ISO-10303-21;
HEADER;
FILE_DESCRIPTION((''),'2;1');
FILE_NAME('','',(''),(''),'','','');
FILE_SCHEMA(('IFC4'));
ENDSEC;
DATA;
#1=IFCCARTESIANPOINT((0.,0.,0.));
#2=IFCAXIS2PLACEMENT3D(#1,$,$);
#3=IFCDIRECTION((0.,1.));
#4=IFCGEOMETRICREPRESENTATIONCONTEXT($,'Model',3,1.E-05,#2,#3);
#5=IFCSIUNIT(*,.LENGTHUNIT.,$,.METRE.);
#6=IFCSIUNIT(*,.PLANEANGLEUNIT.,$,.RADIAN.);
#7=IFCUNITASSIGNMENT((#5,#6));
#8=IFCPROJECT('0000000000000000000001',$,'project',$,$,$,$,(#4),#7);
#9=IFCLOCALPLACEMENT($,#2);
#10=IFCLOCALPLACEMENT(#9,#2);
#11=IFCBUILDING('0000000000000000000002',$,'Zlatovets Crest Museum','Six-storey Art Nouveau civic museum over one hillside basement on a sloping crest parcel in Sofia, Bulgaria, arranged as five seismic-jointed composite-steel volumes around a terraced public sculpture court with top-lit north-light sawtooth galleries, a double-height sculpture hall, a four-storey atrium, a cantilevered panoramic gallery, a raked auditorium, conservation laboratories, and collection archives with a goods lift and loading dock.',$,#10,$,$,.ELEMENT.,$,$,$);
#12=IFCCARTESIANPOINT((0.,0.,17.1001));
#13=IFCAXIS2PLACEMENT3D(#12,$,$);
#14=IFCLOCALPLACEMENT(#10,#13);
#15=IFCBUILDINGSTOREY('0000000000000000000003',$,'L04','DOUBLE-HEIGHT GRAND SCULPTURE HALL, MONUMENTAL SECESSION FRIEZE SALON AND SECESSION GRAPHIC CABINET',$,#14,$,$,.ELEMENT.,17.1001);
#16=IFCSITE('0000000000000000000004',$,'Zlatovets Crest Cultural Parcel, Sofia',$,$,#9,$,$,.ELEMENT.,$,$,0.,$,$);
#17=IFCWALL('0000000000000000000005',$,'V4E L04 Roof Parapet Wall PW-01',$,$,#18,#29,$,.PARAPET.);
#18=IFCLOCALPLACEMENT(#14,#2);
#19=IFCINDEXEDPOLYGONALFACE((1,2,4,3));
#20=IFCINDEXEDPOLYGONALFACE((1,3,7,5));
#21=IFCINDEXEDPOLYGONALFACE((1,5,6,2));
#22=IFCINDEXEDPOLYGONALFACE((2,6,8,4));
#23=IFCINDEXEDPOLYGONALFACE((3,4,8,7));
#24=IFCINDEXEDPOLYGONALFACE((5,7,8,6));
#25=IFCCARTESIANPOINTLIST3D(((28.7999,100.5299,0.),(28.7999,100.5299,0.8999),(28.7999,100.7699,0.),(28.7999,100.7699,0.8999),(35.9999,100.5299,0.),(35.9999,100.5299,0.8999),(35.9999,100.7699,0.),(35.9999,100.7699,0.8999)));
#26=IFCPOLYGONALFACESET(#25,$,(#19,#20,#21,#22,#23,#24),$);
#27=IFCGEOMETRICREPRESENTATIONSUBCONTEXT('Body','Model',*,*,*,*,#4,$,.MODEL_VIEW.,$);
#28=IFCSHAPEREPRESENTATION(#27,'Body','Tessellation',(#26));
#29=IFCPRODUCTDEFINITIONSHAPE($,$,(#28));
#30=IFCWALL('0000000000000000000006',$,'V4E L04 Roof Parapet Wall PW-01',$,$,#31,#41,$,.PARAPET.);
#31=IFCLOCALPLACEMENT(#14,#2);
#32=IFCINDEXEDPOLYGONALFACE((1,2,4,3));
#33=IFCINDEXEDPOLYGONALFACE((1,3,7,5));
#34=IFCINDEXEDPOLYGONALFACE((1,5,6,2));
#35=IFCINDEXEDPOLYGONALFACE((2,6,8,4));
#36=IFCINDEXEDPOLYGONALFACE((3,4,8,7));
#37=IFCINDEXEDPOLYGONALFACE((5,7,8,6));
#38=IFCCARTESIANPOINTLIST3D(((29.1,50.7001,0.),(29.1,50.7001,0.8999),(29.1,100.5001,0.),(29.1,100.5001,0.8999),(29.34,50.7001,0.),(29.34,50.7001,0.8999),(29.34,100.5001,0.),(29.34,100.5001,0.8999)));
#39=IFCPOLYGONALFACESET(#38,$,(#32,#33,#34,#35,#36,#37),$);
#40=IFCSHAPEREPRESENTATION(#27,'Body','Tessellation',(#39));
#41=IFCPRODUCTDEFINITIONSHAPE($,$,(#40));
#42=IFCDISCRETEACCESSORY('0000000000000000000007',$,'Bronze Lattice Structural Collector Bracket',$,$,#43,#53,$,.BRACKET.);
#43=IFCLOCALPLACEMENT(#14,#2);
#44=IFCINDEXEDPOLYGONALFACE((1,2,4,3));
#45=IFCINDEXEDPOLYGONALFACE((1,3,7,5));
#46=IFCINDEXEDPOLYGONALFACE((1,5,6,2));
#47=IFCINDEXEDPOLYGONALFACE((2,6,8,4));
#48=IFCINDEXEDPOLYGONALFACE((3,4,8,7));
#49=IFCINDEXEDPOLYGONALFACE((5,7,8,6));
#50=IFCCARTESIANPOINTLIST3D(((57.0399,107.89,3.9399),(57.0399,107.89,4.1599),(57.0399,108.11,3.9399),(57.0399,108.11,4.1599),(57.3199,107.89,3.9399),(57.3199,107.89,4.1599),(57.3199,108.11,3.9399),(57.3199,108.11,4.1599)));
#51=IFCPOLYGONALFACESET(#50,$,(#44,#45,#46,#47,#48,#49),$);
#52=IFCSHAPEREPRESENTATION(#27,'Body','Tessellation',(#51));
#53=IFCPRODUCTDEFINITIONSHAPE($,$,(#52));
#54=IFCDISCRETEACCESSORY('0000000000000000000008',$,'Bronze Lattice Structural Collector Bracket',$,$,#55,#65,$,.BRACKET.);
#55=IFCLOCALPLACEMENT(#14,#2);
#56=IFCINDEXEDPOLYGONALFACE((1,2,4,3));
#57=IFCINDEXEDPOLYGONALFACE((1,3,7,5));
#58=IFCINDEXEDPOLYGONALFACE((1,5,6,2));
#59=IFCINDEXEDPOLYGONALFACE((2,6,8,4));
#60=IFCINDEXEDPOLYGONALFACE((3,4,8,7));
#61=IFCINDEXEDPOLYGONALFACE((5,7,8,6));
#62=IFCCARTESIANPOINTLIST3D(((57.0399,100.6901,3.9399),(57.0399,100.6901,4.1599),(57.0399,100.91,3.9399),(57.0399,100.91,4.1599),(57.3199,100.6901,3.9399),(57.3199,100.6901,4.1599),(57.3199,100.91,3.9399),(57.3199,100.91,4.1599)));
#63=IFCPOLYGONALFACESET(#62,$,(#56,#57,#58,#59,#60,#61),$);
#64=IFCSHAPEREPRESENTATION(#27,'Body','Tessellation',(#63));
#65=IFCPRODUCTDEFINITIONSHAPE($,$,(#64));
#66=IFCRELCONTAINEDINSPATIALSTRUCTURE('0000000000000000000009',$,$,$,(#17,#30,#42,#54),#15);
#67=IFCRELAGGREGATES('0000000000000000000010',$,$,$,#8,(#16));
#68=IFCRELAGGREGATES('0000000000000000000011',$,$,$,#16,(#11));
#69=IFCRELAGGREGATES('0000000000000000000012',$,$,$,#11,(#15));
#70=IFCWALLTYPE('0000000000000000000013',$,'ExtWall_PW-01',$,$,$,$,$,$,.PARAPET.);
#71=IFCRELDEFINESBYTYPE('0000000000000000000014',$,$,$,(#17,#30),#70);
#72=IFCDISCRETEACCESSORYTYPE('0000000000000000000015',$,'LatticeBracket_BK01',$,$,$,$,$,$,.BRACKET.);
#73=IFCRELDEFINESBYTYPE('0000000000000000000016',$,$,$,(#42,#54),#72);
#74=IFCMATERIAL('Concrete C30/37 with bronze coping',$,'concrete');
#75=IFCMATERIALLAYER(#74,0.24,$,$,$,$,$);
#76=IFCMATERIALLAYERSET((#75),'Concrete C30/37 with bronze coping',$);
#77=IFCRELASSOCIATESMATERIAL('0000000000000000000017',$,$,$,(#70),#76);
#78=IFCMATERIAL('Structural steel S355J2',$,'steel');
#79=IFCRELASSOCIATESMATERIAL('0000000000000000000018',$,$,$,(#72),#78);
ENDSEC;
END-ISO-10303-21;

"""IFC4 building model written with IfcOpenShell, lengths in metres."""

from ifc_helpers import new_model, si_unit, direction, frame, frame_2d, origin, origin_2d, place, context, subcontext, project, spatial, rectangle, extrude, material, layer, layer_set, type_object, element, save


model = new_model("IFC4")

# Units and contexts
model_context = context("Model", 3, precision=1e-05, world=origin(), true_north=direction((0.0, 1.0)))
body_context = subcontext(model_context, "Body", "Model", "MODEL_VIEW")
ifc_project = project(units=[si_unit("LENGTHUNIT", "METRE"), si_unit("PLANEANGLEUNIT", "RADIAN")], contexts=[model_context])

# Site, building, storey
site_placement = place(None, origin())
site = spatial("IfcSite", under=ifc_project, at=site_placement, Name="Zlatovets Crest Cultural Parcel, Sofia", CompositionType="ELEMENT", RefElevation=0.0)
building_placement = place(site_placement, origin())
building = spatial("IfcBuilding", under=site, at=building_placement, Name="Zlatovets Crest Museum", Description="Six-storey Art Nouveau civic museum over one hillside basement on a sloping crest parcel in Sofia, Bulgaria, arranged as five seismic-jointed composite-steel volumes around a terraced public sculpture court with top-lit north-light sawtooth galleries, a double-height sculpture hall, a four-storey atrium, a cantilevered panoramic gallery, a raked auditorium, conservation laboratories, and collection archives with a goods lift and loading dock.", CompositionType="ELEMENT")
storey_placement = place(building_placement, frame((0.0, 0.0, 17.1001)))
storey = spatial("IfcBuildingStorey", under=building, at=storey_placement, Name="L04", Description="DOUBLE-HEIGHT GRAND SCULPTURE HALL, MONUMENTAL SECESSION FRIEZE SALON AND SECESSION GRAPHIC CABINET", CompositionType="ELEMENT", Elevation=17.1001)

# Shared definitions
ifc_material_1 = material(Name="Structural steel S355J2", Category="steel")

# Walls
ifc_material_2 = material(Name="Concrete C30/37 with bronze coping", Category="concrete")
ifc_layer_1 = layer(ifc_material_2, 0.24)
ifc_layer_set_1 = layer_set([ifc_layer_1], Name="Concrete C30/37 with bronze coping")
wall_type = type_object("IfcWallType", Name="ExtWall_PW-01", PredefinedType="PARAPET", material=ifc_layer_set_1)
wall_1_placement = place(storey_placement, frame((36.0, 100.6499, 0.0), z_axis=(0.0, 0.0, 1.0), x_axis=(-1.0, 0.0, 0.0)))
element("IfcWall", 1, at=wall_1_placement, inside=storey, type_object=wall_type, Name="V4E L04 Roof Parapet Wall PW-01", PredefinedType="PARAPET", context=body_context, shape_type="SweptSolid", body=[
    extrude(rectangle(XDim=7.2, YDim=0.24, at=frame_2d((3.6001, 0.0))), origin(), (0.0, 0.0, 1.0), 0.8999),
])
wall_2_placement = place(storey_placement, frame((29.22, 100.5, 0.0), z_axis=(0.0, 0.0, 1.0), x_axis=(0.0, -1.0, 0.0)))
element("IfcWall", 2, at=wall_2_placement, inside=storey, type_object=wall_type, Name="V4E L04 Roof Parapet Wall PW-01", PredefinedType="PARAPET", context=body_context, shape_type="SweptSolid", body=[
    extrude(rectangle(XDim=49.8, YDim=0.24, at=frame_2d((24.8999, 0.0))), origin(), (0.0, 0.0, 1.0), 0.8999),
])

# Discrete accessories
discrete_accessory_type = type_object("IfcDiscreteAccessoryType", Name="LatticeBracket_BK01", PredefinedType="BRACKET", material=ifc_material_1)
for number, where, z_axis, x_axis, name in (
    (3, (57.1799, 108.0, 3.9399), (0.0, 0.0, 1.0), (1.0, 0.0, 0.0), "Bronze Lattice Structural Collector Bracket"),
    (4, (57.1799, 100.8, 3.9399), (0.0, 0.0, 1.0), (1.0, 0.0, 0.0), "Bronze Lattice Structural Collector Bracket"),
):
    element("IfcDiscreteAccessory", number, at=place(storey_placement, frame(where, z_axis=z_axis, x_axis=x_axis)), inside=storey, type_object=discrete_accessory_type, Name=name, PredefinedType="BRACKET", context=body_context, shape_type="SweptSolid", body=[
        extrude(rectangle(XDim=0.28, YDim=0.22, at=origin_2d()), origin(), (0.0, 0.0, 1.0), 0.22),
    ])

save(model, "model.ifc")
